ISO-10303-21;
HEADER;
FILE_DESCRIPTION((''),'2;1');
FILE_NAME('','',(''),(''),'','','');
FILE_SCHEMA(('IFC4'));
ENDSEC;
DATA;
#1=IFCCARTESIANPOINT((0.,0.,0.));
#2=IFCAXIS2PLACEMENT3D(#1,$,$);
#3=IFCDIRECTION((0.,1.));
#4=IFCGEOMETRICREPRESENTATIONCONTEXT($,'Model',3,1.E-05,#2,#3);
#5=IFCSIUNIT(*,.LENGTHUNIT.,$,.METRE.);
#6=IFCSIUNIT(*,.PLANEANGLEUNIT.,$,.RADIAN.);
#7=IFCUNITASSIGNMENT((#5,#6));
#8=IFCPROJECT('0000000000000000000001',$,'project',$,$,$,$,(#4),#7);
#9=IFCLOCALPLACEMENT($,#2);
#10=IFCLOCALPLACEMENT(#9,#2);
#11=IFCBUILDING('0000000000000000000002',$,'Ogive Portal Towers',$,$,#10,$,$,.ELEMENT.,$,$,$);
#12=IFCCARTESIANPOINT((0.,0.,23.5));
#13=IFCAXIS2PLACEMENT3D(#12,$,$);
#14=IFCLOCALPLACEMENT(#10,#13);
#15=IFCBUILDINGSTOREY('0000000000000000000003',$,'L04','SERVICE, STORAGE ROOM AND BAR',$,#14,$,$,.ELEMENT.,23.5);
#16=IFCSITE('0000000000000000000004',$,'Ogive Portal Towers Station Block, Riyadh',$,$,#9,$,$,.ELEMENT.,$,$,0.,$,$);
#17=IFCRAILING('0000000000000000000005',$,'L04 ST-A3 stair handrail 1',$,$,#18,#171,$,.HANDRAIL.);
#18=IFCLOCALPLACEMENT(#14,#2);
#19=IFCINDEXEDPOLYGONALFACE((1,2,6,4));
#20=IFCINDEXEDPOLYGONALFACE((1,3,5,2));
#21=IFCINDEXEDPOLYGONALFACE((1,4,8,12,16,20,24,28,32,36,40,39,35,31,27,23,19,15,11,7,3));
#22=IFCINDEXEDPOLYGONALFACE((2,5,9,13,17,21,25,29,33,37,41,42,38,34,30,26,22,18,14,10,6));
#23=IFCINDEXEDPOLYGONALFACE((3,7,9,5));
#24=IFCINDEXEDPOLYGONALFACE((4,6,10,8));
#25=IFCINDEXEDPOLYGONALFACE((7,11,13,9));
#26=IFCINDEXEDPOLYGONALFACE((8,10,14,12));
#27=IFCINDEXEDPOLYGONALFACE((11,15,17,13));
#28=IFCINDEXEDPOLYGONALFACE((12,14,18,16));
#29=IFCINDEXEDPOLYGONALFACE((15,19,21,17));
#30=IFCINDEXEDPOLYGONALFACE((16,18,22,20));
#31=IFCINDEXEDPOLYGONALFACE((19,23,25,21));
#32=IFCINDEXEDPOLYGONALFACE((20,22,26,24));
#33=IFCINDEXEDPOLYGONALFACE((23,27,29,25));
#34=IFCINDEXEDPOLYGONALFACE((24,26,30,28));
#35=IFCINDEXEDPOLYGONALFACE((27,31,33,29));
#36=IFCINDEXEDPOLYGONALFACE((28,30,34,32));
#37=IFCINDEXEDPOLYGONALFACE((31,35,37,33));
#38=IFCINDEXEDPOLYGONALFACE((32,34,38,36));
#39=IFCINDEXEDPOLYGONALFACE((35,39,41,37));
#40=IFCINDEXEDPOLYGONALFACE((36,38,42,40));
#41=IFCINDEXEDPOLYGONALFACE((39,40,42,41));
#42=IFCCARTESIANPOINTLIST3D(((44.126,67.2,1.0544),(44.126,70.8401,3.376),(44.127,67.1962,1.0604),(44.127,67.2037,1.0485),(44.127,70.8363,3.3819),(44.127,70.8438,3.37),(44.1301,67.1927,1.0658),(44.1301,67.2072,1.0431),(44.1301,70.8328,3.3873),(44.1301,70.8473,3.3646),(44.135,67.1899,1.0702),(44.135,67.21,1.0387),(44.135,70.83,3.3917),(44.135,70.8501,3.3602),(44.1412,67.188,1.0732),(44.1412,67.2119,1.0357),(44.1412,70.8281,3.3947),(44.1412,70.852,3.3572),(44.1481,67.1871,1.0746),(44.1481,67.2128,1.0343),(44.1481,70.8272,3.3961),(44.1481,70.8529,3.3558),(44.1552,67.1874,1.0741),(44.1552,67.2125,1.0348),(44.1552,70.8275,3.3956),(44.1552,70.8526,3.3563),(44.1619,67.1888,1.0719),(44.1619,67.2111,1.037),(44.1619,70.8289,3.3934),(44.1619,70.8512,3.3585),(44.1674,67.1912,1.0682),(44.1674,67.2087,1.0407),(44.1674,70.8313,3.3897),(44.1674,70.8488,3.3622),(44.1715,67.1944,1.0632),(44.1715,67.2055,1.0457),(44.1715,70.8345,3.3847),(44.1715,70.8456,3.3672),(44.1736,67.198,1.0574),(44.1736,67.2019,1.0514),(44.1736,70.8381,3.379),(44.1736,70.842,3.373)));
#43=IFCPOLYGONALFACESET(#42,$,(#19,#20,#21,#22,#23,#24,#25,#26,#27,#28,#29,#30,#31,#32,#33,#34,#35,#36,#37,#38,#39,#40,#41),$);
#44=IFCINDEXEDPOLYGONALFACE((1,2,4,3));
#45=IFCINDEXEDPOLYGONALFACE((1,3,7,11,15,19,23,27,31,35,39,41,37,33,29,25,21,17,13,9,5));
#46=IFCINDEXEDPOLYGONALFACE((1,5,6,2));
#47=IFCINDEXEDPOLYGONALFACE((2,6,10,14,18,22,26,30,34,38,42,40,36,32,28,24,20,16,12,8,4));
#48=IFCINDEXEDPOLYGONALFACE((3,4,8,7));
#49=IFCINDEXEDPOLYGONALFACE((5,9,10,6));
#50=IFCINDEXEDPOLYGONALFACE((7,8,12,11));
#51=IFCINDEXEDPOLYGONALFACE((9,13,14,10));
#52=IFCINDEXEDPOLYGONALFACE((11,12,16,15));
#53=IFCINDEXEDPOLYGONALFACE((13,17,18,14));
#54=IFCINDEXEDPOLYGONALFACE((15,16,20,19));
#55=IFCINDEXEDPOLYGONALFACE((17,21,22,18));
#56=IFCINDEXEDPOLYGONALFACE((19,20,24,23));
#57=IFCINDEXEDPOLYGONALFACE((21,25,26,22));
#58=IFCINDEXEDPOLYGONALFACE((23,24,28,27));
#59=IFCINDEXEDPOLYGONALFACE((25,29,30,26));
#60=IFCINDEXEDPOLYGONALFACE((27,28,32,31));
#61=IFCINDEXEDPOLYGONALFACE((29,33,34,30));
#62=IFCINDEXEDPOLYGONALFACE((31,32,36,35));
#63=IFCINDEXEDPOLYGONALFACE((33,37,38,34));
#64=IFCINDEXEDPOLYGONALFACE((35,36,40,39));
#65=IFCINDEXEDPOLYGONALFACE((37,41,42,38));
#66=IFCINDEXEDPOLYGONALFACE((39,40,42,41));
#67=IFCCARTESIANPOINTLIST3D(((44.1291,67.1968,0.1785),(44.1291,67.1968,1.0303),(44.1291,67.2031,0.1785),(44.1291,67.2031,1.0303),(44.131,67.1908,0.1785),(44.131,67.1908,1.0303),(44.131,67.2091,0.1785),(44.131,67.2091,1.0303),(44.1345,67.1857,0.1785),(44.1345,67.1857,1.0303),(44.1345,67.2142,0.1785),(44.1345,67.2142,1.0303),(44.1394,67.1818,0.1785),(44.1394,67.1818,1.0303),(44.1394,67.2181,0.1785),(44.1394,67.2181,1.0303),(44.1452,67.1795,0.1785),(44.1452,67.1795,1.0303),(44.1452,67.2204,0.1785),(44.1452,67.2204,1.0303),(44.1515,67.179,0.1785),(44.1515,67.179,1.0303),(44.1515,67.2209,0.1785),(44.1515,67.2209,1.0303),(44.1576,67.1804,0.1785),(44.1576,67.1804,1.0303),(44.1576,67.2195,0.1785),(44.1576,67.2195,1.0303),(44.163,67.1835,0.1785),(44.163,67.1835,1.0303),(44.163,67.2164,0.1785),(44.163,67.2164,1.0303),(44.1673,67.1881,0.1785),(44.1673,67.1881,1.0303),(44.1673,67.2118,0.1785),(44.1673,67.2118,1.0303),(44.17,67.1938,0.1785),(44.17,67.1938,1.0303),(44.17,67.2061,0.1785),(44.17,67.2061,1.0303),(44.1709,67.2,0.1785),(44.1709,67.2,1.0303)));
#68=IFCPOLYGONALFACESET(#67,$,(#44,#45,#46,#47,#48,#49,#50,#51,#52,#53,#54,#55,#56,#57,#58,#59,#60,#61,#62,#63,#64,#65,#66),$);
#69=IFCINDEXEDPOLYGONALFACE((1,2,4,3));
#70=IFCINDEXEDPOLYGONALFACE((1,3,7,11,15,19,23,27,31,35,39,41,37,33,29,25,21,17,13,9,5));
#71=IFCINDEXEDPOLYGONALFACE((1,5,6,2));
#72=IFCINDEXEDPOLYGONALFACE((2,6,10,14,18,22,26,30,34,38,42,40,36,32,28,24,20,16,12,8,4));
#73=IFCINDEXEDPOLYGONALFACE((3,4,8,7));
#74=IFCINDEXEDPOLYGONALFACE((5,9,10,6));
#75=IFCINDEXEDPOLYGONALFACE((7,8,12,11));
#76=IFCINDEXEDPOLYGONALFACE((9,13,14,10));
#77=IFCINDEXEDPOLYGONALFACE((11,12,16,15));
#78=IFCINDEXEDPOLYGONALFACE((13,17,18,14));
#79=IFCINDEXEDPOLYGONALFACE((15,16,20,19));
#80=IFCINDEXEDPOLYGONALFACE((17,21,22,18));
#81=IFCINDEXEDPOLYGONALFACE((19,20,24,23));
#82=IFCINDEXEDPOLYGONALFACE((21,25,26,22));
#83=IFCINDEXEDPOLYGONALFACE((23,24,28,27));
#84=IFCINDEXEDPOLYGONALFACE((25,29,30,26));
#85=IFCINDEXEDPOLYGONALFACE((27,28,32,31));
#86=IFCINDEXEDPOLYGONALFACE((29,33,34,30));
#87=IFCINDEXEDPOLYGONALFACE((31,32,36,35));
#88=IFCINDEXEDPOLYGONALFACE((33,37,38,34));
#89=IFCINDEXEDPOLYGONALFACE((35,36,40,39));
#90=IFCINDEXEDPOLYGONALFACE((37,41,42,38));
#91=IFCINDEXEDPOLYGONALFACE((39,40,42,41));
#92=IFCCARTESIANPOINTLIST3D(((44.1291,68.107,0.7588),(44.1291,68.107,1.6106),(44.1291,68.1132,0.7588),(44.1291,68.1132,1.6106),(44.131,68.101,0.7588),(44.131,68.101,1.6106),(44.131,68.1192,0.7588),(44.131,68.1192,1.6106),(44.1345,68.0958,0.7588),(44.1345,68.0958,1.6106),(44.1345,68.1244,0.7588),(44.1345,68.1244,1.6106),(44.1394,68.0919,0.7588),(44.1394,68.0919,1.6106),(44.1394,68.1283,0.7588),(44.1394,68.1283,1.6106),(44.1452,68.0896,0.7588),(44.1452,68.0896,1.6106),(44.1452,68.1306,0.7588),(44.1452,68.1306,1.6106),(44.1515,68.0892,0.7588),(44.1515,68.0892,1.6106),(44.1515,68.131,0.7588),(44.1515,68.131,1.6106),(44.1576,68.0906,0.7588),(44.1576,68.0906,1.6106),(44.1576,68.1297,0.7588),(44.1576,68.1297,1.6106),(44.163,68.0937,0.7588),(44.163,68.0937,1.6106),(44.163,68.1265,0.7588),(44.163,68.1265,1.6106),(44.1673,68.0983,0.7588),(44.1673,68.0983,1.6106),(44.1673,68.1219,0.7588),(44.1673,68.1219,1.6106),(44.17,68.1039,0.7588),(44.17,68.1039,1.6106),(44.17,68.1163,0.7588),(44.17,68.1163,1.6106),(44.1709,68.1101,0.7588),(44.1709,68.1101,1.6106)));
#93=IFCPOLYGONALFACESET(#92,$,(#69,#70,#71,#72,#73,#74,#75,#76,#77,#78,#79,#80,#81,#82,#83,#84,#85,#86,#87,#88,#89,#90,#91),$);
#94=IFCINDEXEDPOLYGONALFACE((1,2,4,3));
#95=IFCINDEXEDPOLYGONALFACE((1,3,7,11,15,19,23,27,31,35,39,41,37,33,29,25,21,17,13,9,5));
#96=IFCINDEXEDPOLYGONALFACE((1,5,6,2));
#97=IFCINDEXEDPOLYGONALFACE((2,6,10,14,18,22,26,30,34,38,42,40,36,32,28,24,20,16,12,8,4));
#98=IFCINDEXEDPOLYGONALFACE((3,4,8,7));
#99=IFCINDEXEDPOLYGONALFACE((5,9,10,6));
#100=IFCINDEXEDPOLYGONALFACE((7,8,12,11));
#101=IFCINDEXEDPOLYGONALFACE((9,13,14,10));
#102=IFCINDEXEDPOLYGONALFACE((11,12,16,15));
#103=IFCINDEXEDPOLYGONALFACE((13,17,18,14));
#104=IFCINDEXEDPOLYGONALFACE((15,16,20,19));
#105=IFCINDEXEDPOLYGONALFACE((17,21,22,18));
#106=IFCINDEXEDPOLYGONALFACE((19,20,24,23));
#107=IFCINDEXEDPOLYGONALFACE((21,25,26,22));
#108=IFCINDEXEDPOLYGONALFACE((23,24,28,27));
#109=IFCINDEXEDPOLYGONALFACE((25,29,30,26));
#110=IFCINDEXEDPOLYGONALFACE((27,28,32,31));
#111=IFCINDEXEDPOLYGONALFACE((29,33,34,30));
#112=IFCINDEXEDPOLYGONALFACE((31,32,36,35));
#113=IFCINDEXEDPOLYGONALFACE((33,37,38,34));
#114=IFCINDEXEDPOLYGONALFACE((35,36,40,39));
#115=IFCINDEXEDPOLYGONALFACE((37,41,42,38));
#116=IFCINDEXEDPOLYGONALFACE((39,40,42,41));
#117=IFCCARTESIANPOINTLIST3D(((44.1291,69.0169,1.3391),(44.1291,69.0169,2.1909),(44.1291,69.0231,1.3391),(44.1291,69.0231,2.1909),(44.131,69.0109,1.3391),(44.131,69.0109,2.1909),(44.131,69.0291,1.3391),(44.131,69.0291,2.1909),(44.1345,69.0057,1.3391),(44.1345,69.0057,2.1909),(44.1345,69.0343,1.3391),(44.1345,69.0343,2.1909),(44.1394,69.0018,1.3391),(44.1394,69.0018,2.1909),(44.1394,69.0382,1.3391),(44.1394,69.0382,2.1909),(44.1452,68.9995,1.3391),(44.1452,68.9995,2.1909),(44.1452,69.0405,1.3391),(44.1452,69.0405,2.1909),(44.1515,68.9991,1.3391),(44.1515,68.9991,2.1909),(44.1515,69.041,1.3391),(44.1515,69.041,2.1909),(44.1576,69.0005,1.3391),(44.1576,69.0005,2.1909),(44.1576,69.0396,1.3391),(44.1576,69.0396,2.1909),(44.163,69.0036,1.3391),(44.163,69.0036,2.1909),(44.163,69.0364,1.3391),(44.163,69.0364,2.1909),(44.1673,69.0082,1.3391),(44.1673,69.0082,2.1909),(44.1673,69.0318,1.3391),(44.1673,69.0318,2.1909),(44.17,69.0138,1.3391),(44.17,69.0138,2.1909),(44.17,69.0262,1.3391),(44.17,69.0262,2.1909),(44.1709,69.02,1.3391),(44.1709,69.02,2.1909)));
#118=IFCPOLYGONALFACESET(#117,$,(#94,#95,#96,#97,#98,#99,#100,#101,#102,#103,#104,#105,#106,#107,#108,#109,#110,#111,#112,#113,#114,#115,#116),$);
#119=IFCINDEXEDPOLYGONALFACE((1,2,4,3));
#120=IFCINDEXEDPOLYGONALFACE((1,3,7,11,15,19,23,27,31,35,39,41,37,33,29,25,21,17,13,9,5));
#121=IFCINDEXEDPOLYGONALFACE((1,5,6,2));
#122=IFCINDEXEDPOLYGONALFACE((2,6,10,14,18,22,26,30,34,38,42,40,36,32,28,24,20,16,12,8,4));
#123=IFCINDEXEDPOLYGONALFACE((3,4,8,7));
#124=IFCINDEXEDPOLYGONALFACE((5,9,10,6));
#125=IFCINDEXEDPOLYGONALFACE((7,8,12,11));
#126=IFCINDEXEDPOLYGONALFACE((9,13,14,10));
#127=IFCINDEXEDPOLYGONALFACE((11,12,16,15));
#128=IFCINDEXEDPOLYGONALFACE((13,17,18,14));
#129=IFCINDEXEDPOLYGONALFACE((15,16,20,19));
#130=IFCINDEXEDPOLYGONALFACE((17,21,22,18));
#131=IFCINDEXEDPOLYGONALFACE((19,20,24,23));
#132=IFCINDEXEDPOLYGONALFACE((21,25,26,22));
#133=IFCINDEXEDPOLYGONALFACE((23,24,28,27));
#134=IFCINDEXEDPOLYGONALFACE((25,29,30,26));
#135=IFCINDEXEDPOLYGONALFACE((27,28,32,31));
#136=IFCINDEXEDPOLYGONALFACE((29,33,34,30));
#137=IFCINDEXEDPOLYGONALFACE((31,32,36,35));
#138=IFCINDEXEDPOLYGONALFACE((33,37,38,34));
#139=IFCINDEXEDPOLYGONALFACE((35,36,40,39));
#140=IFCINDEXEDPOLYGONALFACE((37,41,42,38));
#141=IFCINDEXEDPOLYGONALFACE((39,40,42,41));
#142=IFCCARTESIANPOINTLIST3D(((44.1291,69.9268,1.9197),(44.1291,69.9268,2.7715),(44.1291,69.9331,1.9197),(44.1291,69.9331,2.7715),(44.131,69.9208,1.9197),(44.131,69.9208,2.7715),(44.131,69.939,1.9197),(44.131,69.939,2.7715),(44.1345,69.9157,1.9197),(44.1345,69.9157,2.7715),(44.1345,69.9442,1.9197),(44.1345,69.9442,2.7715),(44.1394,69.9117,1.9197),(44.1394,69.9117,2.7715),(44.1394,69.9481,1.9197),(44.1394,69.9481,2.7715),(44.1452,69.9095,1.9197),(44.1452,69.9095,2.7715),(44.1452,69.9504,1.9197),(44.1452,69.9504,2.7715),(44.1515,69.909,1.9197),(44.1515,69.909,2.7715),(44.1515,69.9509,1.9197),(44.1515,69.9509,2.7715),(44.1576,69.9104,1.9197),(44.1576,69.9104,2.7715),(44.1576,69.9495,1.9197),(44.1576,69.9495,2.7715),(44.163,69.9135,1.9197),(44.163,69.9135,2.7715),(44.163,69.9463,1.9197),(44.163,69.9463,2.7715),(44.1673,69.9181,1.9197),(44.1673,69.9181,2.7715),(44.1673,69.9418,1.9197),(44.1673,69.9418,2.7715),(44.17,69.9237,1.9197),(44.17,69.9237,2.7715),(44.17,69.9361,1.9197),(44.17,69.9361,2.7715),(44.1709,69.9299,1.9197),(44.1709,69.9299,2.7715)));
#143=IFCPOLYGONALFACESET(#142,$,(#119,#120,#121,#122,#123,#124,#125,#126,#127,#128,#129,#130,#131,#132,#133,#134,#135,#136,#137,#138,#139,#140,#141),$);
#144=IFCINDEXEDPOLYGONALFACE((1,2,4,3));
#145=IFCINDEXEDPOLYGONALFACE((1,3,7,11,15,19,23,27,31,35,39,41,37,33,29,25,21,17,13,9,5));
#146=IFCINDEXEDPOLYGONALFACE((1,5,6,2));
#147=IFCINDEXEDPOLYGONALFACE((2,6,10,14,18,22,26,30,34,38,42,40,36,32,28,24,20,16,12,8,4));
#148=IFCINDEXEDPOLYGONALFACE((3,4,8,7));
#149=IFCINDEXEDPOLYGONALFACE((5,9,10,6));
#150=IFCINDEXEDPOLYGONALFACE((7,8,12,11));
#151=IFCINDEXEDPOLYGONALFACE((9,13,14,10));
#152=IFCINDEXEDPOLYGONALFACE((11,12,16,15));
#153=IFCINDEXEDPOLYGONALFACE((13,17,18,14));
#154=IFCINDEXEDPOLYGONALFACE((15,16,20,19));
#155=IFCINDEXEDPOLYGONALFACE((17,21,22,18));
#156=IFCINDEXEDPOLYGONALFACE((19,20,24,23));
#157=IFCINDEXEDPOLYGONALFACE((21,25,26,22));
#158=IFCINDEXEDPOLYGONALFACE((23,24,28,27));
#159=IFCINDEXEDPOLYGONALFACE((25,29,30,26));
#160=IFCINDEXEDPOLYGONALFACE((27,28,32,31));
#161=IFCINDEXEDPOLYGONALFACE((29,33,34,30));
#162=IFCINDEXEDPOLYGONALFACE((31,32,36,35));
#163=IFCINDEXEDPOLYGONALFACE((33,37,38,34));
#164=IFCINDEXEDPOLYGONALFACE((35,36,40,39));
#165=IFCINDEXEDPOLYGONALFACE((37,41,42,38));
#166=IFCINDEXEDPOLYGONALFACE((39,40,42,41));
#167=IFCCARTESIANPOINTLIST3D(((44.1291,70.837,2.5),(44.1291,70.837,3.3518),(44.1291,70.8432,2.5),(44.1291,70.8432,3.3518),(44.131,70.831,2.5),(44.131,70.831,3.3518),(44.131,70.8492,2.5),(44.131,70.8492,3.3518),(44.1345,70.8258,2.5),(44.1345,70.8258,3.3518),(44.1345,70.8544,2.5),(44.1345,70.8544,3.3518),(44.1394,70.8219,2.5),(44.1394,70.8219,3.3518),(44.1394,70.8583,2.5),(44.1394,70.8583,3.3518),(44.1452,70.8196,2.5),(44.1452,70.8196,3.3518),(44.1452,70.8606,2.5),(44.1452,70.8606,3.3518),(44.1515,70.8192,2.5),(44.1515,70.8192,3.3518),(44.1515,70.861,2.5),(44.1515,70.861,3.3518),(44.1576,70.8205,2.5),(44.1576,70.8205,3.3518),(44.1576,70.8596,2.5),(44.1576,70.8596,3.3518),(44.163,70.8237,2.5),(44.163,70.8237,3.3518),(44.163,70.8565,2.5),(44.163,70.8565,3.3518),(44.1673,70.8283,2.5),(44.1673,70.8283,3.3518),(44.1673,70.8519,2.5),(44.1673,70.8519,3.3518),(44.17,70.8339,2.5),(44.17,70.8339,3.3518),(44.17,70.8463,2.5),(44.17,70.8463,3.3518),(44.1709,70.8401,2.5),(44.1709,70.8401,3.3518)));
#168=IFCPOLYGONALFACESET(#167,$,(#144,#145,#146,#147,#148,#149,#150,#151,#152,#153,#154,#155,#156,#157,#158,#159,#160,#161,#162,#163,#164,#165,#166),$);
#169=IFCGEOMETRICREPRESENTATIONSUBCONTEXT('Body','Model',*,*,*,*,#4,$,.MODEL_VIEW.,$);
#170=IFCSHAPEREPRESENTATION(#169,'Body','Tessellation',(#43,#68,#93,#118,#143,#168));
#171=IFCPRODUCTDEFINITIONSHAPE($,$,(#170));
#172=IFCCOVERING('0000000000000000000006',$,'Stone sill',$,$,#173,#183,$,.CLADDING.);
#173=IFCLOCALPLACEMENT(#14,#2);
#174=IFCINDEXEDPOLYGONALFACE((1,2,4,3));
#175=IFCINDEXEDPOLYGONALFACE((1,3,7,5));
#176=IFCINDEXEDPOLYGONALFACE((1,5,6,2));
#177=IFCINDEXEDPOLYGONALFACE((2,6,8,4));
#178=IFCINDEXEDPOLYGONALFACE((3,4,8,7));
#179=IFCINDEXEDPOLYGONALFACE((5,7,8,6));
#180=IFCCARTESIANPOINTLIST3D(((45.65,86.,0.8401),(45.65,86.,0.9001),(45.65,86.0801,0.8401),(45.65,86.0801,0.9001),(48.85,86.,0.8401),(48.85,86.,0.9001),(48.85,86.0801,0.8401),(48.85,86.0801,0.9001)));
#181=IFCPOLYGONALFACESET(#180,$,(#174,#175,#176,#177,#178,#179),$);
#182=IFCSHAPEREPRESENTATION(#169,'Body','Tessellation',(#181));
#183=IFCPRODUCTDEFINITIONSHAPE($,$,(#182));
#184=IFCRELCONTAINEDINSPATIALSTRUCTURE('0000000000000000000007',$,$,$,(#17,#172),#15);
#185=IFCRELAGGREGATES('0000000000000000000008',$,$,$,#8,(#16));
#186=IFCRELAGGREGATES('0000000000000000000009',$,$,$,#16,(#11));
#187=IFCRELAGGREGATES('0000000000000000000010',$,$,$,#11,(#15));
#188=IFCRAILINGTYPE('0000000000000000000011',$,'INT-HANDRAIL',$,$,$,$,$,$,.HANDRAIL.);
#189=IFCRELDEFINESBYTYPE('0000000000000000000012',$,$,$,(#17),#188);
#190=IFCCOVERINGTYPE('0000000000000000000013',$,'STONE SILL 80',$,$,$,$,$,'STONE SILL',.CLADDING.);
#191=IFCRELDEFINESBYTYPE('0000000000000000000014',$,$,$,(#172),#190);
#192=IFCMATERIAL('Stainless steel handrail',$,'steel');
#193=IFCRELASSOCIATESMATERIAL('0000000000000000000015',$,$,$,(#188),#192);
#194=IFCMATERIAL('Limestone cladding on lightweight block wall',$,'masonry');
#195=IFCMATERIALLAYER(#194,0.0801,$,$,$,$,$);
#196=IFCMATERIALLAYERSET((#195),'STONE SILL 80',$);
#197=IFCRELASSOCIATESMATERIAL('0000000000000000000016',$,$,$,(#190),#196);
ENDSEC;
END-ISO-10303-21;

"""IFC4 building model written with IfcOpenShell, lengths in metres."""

from ifc_helpers import new_model, si_unit, direction, frame, origin, origin_2d, place, context, subcontext, project, spatial, rectangle, circle, extrude, material, layer, layer_set, type_object, element, save


model = new_model("IFC4")

# Units and contexts
model_context = context("Model", 3, precision=1e-05, world=origin(), true_north=direction((0.0, 1.0)))
body_context = subcontext(model_context, "Body", "Model", "MODEL_VIEW")
ifc_project = project(units=[si_unit("LENGTHUNIT", "METRE"), si_unit("PLANEANGLEUNIT", "RADIAN")], contexts=[model_context])

# Site, building, storey
site_placement = place(None, origin())
site = spatial("IfcSite", under=ifc_project, at=site_placement, Name="Ogive Portal Towers Station Block, Riyadh", CompositionType="ELEMENT", RefElevation=0.0)
building_placement = place(site_placement, origin())
building = spatial("IfcBuilding", under=site, at=building_placement, Name="Ogive Portal Towers", CompositionType="ELEMENT")
storey_placement = place(building_placement, frame((0.0, 0.0, 23.5)))
storey = spatial("IfcBuildingStorey", under=building, at=storey_placement, Name="L04", Description="SERVICE, STORAGE ROOM AND BAR", CompositionType="ELEMENT", Elevation=23.5)

# Shared definitions
ifc_material_1 = material(Name="Limestone cladding on lightweight block wall", Category="masonry")

# Railing
ifc_material_2 = material(Name="Stainless steel handrail", Category="steel")
railing_type = type_object("IfcRailingType", Name="INT-HANDRAIL", PredefinedType="HANDRAIL", material=ifc_material_2)
railing_placement = place(storey_placement, frame((44.1499, 67.2, 0.1785)))
element("IfcRailing", 1, at=railing_placement, inside=storey, type_object=railing_type, Name="L04 ST-A3 stair handrail 1", PredefinedType="HANDRAIL", context=body_context, shape_type="SweptSolid", body=[
    extrude(circle(Radius=0.0239, at=origin_2d()), frame((0.0, 0.0, 0.876), z_axis=(0.0, 0.843128, 0.537713), x_axis=(-1.0, 0.0, 0.0)), (0.0, 0.0, 1.0), 4.3174),
    extrude(circle(Radius=0.021, at=origin_2d()), origin(), (0.0, 0.0, 1.0), 0.8518),
    extrude(circle(Radius=0.021, at=origin_2d()), frame((0.0, 0.9102, 0.5803)), (0.0, 0.0, 1.0), 0.8518),
    extrude(circle(Radius=0.021, at=origin_2d()), frame((0.0, 1.8201, 1.1606)), (0.0, 0.0, 1.0), 0.8518),
    extrude(circle(Radius=0.021, at=origin_2d()), frame((0.0, 2.73, 1.7412)), (0.0, 0.0, 1.0), 0.8518),
    extrude(circle(Radius=0.021, at=origin_2d()), frame((0.0, 3.6401, 2.3215)), (0.0, 0.0, 1.0), 0.8518),
])

# Covering
ifc_layer_1 = layer(ifc_material_1, 0.0801)
ifc_layer_set_1 = layer_set([ifc_layer_1], Name="STONE SILL 80")
covering_type = type_object("IfcCoveringType", Name="STONE SILL 80", ElementType="STONE SILL", PredefinedType="CLADDING", material=ifc_layer_set_1)
covering_placement = place(storey_placement, frame((47.25, 86.04, 0.8401), z_axis=(0.0, 0.0, 1.0), x_axis=(-1.0, 0.0, 0.0)))
element("IfcCovering", 2, at=covering_placement, inside=storey, type_object=covering_type, Name="Stone sill", PredefinedType="CLADDING", context=body_context, shape_type="SweptSolid", body=[
    extrude(rectangle(XDim=3.2, YDim=0.0801, at=origin_2d()), origin(), (0.0, 0.0, 1.0), 0.0601),
])

save(model, "model.ifc")
